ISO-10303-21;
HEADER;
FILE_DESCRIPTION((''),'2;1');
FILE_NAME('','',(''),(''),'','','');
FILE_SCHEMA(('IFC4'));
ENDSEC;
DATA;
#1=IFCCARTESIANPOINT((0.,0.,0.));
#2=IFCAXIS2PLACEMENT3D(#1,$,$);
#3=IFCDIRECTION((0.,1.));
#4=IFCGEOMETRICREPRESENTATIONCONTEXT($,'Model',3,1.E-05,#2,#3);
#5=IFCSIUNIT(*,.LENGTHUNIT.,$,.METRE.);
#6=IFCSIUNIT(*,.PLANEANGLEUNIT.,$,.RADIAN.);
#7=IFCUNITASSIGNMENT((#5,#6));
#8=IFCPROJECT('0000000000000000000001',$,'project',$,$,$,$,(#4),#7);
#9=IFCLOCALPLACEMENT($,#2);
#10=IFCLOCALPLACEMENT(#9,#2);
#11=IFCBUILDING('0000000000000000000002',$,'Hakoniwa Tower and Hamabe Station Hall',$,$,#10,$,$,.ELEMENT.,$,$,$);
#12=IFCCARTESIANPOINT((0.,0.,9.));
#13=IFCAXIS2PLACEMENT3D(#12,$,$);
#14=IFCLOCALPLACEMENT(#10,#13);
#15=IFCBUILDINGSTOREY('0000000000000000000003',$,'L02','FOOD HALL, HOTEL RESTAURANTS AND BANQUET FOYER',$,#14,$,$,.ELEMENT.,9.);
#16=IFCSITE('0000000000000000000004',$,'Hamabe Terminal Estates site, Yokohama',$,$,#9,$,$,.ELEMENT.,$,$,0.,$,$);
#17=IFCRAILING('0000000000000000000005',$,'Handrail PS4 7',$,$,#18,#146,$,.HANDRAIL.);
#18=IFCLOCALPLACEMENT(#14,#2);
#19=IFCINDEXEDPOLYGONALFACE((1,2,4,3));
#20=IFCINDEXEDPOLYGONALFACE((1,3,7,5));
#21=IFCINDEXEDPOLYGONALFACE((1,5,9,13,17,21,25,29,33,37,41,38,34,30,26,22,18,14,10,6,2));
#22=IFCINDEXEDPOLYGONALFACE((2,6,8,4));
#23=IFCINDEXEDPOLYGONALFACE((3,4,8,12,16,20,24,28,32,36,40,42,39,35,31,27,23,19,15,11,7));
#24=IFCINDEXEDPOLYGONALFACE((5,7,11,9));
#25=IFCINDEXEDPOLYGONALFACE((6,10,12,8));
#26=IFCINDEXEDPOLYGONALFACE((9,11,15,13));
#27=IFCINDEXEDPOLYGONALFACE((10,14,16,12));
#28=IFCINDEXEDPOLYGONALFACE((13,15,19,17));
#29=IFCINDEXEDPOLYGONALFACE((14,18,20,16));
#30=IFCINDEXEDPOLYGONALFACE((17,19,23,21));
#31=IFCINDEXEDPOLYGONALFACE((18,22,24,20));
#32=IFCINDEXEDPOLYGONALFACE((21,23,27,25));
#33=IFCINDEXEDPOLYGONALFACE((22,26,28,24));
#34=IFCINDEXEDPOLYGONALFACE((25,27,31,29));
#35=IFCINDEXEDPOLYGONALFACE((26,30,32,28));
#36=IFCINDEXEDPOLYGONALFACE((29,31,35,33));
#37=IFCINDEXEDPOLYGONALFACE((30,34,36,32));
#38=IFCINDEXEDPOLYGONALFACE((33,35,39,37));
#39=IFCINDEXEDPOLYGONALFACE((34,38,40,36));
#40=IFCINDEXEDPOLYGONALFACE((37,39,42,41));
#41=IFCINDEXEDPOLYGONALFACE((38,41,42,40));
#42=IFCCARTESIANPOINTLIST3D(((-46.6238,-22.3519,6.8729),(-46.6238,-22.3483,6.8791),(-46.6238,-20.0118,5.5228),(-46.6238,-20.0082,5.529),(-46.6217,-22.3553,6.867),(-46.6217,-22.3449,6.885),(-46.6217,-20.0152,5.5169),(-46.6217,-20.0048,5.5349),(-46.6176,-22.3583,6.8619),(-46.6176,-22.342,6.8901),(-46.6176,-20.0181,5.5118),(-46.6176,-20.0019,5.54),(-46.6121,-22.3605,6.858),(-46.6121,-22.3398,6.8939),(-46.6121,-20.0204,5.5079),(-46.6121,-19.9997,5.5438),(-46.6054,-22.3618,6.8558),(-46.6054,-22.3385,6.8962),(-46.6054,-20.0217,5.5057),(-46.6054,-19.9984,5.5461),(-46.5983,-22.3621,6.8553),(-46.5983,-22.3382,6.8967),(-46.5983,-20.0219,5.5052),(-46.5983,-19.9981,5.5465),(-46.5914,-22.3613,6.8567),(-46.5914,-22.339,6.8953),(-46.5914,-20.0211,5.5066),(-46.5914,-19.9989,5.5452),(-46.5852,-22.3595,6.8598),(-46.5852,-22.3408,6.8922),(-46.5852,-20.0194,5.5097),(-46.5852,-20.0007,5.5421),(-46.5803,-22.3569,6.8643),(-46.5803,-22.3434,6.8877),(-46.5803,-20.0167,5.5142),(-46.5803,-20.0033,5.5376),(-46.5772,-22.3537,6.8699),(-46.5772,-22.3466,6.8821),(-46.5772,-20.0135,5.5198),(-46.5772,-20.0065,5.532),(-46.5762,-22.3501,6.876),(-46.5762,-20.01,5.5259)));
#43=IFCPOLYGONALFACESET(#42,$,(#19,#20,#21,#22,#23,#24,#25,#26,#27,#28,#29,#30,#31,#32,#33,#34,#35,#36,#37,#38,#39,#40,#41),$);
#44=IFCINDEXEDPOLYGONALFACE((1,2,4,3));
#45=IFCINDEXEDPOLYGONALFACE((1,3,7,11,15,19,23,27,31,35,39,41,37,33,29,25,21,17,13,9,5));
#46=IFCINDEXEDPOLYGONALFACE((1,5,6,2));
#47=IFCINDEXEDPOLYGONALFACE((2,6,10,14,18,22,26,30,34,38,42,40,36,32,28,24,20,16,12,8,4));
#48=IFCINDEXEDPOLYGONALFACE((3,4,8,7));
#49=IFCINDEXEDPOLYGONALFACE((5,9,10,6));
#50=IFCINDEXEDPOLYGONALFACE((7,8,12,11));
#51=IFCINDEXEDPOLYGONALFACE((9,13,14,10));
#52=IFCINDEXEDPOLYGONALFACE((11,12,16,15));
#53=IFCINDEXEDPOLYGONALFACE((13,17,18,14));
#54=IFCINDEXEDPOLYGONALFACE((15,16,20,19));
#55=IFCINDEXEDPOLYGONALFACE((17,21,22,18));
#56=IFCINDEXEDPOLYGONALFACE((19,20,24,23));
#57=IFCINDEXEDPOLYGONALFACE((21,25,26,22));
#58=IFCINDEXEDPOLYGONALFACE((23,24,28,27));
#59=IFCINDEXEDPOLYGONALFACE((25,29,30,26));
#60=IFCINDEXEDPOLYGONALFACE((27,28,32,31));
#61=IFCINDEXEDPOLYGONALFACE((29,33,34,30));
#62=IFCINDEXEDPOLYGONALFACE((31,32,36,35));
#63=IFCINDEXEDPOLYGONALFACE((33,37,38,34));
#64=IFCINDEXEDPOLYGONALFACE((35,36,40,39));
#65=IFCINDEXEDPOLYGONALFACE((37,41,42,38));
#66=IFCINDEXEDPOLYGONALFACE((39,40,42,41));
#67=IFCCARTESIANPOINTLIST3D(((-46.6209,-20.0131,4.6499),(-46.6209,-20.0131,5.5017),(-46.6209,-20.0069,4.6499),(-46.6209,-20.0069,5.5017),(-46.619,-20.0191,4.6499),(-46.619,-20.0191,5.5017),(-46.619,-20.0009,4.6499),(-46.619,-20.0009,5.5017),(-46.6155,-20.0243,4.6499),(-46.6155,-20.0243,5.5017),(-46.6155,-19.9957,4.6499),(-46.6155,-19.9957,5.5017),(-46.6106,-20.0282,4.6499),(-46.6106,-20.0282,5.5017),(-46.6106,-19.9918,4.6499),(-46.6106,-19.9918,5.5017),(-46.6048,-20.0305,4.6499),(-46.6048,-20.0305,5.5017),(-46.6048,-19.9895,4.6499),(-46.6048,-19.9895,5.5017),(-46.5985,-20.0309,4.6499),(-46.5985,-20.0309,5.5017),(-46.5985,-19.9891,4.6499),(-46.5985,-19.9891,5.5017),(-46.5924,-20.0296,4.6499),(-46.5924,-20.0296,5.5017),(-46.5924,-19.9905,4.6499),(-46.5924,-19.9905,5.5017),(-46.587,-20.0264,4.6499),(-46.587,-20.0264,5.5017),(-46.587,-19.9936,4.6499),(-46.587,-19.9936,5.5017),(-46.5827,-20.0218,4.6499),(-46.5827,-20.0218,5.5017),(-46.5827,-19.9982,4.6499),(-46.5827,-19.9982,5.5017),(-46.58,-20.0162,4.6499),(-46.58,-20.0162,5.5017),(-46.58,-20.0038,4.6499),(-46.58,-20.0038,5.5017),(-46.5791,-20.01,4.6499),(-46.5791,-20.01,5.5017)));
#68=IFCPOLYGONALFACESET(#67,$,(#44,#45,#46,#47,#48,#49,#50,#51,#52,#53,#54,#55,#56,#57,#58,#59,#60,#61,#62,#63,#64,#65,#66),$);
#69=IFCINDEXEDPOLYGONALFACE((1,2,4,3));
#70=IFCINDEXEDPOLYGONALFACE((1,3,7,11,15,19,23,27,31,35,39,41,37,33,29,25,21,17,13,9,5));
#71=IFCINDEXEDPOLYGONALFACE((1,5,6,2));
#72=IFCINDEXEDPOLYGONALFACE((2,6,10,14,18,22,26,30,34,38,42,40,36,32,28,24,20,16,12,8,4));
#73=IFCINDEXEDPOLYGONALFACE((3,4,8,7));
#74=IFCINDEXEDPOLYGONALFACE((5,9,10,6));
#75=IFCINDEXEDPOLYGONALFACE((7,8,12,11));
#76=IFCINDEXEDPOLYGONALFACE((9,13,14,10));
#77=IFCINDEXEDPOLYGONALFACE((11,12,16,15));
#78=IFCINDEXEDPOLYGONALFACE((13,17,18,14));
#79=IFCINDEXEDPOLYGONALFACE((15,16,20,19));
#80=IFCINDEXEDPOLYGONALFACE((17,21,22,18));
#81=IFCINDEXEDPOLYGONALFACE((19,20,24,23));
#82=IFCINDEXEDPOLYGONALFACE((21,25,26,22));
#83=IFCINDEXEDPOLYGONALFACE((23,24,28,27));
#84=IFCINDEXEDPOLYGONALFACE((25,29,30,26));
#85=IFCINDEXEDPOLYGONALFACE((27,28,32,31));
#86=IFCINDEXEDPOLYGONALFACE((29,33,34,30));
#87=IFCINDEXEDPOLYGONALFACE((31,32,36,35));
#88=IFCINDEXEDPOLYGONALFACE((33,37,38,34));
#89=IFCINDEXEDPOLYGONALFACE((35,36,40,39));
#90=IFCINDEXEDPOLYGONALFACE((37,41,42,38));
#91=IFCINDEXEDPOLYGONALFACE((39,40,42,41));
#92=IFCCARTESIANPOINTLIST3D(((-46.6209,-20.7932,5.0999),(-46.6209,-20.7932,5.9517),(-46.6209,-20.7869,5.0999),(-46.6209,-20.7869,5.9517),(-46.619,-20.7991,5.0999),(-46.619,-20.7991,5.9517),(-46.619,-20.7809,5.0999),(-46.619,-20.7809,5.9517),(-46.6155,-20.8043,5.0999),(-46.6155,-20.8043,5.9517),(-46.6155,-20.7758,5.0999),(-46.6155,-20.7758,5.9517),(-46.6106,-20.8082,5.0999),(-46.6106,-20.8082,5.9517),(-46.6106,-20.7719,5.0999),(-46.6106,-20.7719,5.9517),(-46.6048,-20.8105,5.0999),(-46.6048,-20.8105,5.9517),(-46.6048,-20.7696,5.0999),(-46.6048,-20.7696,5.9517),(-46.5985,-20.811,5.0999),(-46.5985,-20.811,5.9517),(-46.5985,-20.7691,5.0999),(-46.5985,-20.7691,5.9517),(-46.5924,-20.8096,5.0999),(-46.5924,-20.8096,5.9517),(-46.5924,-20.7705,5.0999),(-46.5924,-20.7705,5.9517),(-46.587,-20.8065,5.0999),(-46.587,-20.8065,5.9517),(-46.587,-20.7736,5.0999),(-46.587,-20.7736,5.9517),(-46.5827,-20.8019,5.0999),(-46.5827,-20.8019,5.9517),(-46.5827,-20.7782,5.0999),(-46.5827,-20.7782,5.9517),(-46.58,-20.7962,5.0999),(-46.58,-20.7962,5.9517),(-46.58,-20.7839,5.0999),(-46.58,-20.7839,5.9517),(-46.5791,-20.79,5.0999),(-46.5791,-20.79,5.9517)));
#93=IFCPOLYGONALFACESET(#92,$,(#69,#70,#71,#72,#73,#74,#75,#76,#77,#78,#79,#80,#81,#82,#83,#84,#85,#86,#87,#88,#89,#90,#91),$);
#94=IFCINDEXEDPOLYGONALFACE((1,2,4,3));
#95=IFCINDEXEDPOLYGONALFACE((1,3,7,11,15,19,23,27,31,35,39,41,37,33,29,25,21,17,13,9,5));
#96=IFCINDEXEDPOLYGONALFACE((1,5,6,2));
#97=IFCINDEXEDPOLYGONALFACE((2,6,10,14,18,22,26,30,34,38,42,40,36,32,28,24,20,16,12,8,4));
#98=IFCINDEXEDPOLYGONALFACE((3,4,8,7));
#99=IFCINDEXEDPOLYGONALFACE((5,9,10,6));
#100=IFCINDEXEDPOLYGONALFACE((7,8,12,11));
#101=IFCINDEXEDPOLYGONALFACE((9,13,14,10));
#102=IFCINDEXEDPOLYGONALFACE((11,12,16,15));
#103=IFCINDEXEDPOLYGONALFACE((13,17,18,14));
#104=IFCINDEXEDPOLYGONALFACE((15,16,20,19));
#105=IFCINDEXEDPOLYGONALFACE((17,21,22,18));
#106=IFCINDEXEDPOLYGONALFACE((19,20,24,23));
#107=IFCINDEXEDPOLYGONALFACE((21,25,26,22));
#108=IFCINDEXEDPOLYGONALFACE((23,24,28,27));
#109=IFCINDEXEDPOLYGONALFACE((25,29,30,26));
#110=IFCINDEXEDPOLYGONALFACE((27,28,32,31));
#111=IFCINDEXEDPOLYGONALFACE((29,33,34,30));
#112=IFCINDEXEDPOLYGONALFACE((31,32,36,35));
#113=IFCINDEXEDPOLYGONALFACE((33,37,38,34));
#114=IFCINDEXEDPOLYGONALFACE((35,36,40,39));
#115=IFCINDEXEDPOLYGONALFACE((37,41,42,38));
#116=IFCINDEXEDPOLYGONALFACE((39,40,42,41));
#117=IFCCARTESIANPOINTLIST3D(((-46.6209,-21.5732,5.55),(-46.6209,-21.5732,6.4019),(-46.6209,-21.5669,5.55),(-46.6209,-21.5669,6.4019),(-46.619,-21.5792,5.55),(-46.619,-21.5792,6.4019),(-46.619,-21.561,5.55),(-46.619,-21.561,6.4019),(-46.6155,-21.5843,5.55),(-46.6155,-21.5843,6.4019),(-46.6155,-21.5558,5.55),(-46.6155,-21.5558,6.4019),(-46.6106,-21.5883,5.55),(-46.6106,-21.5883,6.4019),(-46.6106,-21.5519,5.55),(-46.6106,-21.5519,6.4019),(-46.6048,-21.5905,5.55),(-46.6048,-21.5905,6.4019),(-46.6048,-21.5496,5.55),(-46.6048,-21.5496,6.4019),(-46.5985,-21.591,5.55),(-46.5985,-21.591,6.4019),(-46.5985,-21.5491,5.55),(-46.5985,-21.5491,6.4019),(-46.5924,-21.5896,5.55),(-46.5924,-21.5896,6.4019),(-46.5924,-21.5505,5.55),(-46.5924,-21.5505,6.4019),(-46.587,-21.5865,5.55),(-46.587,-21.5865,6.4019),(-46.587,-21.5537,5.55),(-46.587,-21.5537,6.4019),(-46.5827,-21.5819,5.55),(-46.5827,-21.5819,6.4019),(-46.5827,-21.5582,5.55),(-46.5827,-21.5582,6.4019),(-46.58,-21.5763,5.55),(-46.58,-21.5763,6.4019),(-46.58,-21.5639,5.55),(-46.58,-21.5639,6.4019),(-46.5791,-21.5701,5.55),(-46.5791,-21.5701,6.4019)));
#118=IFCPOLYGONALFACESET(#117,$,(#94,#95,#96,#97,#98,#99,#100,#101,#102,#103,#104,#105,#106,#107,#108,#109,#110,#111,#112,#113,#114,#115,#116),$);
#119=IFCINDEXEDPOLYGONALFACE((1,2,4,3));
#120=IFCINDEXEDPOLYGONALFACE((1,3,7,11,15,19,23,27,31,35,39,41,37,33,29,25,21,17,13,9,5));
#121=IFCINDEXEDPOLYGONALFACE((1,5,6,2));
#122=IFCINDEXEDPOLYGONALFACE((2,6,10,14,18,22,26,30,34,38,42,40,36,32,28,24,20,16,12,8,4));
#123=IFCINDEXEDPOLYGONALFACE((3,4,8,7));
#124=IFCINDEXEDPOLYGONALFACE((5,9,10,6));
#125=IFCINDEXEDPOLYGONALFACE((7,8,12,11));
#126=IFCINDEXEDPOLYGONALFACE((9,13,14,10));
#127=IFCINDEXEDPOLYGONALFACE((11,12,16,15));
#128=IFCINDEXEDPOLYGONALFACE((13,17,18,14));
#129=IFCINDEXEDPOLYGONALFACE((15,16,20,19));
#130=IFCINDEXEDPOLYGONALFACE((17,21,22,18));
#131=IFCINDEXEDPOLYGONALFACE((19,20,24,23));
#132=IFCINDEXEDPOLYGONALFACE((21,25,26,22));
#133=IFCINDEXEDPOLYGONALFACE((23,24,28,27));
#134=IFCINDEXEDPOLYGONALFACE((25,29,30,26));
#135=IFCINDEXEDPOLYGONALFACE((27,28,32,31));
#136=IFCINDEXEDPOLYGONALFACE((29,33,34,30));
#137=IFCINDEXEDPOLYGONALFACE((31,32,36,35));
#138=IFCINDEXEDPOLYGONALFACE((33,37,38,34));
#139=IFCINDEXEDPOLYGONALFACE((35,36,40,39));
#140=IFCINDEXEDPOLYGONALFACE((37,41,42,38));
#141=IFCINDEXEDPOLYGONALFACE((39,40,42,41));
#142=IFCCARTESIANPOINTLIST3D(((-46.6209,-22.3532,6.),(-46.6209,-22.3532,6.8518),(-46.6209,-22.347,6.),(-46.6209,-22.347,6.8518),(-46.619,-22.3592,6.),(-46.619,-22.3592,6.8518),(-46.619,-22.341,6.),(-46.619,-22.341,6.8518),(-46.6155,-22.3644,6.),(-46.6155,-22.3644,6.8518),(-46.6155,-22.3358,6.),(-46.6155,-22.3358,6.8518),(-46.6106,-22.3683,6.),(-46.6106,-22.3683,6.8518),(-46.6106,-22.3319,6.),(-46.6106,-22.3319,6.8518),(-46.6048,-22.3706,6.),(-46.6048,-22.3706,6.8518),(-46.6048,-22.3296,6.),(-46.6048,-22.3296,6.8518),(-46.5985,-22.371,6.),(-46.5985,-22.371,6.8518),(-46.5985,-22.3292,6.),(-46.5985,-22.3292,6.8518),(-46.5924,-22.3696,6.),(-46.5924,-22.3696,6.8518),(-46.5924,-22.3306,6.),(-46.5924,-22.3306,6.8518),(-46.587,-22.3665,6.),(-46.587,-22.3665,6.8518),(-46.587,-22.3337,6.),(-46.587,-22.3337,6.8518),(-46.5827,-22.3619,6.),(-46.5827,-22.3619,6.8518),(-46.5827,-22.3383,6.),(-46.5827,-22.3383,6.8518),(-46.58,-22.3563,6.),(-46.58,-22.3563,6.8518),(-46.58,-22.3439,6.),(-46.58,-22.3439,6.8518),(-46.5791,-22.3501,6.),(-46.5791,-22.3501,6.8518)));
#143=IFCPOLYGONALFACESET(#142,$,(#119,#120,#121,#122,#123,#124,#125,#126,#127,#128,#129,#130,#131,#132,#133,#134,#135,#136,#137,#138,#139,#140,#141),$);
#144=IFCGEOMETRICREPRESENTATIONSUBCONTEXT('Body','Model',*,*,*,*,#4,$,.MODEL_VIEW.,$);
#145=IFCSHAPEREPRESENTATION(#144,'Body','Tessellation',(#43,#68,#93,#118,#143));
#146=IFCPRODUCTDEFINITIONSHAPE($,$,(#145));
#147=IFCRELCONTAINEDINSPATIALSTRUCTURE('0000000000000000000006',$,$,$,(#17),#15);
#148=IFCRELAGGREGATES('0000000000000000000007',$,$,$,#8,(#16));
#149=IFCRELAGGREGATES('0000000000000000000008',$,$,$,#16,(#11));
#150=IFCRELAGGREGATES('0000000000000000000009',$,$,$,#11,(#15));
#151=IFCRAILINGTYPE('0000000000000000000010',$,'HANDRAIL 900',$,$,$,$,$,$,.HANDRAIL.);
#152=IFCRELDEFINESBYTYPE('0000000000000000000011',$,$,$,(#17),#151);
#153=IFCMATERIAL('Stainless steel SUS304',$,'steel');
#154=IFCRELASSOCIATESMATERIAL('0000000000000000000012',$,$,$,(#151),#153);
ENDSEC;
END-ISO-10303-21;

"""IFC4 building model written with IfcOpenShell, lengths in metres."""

from ifc_helpers import new_model, si_unit, direction, frame, origin, origin_2d, place, context, subcontext, project, spatial, circle, extrude, material, type_object, element, save


model = new_model("IFC4")

# Units and contexts
model_context = context("Model", 3, precision=1e-05, world=origin(), true_north=direction((0.0, 1.0)))
body_context = subcontext(model_context, "Body", "Model", "MODEL_VIEW")
ifc_project = project(units=[si_unit("LENGTHUNIT", "METRE"), si_unit("PLANEANGLEUNIT", "RADIAN")], contexts=[model_context])

# Site, building, storey
site_placement = place(None, origin())
site = spatial("IfcSite", under=ifc_project, at=site_placement, Name="Hamabe Terminal Estates site, Yokohama", CompositionType="ELEMENT", RefElevation=0.0)
building_placement = place(site_placement, origin())
building = spatial("IfcBuilding", under=site, at=building_placement, Name="Hakoniwa Tower and Hamabe Station Hall", CompositionType="ELEMENT")
storey_placement = place(building_placement, frame((0.0, 0.0, 9.0)))
storey = spatial("IfcBuildingStorey", under=building, at=storey_placement, Name="L02", Description="FOOD HALL, HOTEL RESTAURANTS AND BANQUET FOYER", CompositionType="ELEMENT", Elevation=9.0)

# Railing
ifc_material_1 = material(Name="Stainless steel SUS304", Category="steel")
railing_type_1 = type_object("IfcRailingType", Name="HANDRAIL 900", PredefinedType="HANDRAIL", material=ifc_material_1)
for number, where, name in (
    (1, (-46.6001, -20.01, 4.6499), "Handrail PS4 7"),
):
    element("IfcRailing", number, at=place(storey_placement, frame(where)), inside=storey, type_object=railing_type_1, Name=name, PredefinedType="HANDRAIL", context=body_context, shape_type="SweptSolid", body=[
        extrude(circle(Radius=0.0239, at=origin_2d()), frame((0.0, 0.0, 0.876), z_axis=(0.0, -0.866178, 0.499735), x_axis=(1.0, 0.0, 0.0)), (0.0, 0.0, 1.0), 2.7017),
        extrude(circle(Radius=0.021, at=origin_2d()), origin(), (0.0, 0.0, 1.0), 0.8518),
        extrude(circle(Radius=0.021, at=origin_2d()), frame((0.0, -0.78, 0.45)), (0.0, 0.0, 1.0), 0.8518),
        extrude(circle(Radius=0.021, at=origin_2d()), frame((0.0, -1.5601, 0.9001)), (0.0, 0.0, 1.0), 0.8518),
        extrude(circle(Radius=0.021, at=origin_2d()), frame((0.0, -2.3401, 1.3501)), (0.0, 0.0, 1.0), 0.8518),
    ])

save(model, "model.ifc")
